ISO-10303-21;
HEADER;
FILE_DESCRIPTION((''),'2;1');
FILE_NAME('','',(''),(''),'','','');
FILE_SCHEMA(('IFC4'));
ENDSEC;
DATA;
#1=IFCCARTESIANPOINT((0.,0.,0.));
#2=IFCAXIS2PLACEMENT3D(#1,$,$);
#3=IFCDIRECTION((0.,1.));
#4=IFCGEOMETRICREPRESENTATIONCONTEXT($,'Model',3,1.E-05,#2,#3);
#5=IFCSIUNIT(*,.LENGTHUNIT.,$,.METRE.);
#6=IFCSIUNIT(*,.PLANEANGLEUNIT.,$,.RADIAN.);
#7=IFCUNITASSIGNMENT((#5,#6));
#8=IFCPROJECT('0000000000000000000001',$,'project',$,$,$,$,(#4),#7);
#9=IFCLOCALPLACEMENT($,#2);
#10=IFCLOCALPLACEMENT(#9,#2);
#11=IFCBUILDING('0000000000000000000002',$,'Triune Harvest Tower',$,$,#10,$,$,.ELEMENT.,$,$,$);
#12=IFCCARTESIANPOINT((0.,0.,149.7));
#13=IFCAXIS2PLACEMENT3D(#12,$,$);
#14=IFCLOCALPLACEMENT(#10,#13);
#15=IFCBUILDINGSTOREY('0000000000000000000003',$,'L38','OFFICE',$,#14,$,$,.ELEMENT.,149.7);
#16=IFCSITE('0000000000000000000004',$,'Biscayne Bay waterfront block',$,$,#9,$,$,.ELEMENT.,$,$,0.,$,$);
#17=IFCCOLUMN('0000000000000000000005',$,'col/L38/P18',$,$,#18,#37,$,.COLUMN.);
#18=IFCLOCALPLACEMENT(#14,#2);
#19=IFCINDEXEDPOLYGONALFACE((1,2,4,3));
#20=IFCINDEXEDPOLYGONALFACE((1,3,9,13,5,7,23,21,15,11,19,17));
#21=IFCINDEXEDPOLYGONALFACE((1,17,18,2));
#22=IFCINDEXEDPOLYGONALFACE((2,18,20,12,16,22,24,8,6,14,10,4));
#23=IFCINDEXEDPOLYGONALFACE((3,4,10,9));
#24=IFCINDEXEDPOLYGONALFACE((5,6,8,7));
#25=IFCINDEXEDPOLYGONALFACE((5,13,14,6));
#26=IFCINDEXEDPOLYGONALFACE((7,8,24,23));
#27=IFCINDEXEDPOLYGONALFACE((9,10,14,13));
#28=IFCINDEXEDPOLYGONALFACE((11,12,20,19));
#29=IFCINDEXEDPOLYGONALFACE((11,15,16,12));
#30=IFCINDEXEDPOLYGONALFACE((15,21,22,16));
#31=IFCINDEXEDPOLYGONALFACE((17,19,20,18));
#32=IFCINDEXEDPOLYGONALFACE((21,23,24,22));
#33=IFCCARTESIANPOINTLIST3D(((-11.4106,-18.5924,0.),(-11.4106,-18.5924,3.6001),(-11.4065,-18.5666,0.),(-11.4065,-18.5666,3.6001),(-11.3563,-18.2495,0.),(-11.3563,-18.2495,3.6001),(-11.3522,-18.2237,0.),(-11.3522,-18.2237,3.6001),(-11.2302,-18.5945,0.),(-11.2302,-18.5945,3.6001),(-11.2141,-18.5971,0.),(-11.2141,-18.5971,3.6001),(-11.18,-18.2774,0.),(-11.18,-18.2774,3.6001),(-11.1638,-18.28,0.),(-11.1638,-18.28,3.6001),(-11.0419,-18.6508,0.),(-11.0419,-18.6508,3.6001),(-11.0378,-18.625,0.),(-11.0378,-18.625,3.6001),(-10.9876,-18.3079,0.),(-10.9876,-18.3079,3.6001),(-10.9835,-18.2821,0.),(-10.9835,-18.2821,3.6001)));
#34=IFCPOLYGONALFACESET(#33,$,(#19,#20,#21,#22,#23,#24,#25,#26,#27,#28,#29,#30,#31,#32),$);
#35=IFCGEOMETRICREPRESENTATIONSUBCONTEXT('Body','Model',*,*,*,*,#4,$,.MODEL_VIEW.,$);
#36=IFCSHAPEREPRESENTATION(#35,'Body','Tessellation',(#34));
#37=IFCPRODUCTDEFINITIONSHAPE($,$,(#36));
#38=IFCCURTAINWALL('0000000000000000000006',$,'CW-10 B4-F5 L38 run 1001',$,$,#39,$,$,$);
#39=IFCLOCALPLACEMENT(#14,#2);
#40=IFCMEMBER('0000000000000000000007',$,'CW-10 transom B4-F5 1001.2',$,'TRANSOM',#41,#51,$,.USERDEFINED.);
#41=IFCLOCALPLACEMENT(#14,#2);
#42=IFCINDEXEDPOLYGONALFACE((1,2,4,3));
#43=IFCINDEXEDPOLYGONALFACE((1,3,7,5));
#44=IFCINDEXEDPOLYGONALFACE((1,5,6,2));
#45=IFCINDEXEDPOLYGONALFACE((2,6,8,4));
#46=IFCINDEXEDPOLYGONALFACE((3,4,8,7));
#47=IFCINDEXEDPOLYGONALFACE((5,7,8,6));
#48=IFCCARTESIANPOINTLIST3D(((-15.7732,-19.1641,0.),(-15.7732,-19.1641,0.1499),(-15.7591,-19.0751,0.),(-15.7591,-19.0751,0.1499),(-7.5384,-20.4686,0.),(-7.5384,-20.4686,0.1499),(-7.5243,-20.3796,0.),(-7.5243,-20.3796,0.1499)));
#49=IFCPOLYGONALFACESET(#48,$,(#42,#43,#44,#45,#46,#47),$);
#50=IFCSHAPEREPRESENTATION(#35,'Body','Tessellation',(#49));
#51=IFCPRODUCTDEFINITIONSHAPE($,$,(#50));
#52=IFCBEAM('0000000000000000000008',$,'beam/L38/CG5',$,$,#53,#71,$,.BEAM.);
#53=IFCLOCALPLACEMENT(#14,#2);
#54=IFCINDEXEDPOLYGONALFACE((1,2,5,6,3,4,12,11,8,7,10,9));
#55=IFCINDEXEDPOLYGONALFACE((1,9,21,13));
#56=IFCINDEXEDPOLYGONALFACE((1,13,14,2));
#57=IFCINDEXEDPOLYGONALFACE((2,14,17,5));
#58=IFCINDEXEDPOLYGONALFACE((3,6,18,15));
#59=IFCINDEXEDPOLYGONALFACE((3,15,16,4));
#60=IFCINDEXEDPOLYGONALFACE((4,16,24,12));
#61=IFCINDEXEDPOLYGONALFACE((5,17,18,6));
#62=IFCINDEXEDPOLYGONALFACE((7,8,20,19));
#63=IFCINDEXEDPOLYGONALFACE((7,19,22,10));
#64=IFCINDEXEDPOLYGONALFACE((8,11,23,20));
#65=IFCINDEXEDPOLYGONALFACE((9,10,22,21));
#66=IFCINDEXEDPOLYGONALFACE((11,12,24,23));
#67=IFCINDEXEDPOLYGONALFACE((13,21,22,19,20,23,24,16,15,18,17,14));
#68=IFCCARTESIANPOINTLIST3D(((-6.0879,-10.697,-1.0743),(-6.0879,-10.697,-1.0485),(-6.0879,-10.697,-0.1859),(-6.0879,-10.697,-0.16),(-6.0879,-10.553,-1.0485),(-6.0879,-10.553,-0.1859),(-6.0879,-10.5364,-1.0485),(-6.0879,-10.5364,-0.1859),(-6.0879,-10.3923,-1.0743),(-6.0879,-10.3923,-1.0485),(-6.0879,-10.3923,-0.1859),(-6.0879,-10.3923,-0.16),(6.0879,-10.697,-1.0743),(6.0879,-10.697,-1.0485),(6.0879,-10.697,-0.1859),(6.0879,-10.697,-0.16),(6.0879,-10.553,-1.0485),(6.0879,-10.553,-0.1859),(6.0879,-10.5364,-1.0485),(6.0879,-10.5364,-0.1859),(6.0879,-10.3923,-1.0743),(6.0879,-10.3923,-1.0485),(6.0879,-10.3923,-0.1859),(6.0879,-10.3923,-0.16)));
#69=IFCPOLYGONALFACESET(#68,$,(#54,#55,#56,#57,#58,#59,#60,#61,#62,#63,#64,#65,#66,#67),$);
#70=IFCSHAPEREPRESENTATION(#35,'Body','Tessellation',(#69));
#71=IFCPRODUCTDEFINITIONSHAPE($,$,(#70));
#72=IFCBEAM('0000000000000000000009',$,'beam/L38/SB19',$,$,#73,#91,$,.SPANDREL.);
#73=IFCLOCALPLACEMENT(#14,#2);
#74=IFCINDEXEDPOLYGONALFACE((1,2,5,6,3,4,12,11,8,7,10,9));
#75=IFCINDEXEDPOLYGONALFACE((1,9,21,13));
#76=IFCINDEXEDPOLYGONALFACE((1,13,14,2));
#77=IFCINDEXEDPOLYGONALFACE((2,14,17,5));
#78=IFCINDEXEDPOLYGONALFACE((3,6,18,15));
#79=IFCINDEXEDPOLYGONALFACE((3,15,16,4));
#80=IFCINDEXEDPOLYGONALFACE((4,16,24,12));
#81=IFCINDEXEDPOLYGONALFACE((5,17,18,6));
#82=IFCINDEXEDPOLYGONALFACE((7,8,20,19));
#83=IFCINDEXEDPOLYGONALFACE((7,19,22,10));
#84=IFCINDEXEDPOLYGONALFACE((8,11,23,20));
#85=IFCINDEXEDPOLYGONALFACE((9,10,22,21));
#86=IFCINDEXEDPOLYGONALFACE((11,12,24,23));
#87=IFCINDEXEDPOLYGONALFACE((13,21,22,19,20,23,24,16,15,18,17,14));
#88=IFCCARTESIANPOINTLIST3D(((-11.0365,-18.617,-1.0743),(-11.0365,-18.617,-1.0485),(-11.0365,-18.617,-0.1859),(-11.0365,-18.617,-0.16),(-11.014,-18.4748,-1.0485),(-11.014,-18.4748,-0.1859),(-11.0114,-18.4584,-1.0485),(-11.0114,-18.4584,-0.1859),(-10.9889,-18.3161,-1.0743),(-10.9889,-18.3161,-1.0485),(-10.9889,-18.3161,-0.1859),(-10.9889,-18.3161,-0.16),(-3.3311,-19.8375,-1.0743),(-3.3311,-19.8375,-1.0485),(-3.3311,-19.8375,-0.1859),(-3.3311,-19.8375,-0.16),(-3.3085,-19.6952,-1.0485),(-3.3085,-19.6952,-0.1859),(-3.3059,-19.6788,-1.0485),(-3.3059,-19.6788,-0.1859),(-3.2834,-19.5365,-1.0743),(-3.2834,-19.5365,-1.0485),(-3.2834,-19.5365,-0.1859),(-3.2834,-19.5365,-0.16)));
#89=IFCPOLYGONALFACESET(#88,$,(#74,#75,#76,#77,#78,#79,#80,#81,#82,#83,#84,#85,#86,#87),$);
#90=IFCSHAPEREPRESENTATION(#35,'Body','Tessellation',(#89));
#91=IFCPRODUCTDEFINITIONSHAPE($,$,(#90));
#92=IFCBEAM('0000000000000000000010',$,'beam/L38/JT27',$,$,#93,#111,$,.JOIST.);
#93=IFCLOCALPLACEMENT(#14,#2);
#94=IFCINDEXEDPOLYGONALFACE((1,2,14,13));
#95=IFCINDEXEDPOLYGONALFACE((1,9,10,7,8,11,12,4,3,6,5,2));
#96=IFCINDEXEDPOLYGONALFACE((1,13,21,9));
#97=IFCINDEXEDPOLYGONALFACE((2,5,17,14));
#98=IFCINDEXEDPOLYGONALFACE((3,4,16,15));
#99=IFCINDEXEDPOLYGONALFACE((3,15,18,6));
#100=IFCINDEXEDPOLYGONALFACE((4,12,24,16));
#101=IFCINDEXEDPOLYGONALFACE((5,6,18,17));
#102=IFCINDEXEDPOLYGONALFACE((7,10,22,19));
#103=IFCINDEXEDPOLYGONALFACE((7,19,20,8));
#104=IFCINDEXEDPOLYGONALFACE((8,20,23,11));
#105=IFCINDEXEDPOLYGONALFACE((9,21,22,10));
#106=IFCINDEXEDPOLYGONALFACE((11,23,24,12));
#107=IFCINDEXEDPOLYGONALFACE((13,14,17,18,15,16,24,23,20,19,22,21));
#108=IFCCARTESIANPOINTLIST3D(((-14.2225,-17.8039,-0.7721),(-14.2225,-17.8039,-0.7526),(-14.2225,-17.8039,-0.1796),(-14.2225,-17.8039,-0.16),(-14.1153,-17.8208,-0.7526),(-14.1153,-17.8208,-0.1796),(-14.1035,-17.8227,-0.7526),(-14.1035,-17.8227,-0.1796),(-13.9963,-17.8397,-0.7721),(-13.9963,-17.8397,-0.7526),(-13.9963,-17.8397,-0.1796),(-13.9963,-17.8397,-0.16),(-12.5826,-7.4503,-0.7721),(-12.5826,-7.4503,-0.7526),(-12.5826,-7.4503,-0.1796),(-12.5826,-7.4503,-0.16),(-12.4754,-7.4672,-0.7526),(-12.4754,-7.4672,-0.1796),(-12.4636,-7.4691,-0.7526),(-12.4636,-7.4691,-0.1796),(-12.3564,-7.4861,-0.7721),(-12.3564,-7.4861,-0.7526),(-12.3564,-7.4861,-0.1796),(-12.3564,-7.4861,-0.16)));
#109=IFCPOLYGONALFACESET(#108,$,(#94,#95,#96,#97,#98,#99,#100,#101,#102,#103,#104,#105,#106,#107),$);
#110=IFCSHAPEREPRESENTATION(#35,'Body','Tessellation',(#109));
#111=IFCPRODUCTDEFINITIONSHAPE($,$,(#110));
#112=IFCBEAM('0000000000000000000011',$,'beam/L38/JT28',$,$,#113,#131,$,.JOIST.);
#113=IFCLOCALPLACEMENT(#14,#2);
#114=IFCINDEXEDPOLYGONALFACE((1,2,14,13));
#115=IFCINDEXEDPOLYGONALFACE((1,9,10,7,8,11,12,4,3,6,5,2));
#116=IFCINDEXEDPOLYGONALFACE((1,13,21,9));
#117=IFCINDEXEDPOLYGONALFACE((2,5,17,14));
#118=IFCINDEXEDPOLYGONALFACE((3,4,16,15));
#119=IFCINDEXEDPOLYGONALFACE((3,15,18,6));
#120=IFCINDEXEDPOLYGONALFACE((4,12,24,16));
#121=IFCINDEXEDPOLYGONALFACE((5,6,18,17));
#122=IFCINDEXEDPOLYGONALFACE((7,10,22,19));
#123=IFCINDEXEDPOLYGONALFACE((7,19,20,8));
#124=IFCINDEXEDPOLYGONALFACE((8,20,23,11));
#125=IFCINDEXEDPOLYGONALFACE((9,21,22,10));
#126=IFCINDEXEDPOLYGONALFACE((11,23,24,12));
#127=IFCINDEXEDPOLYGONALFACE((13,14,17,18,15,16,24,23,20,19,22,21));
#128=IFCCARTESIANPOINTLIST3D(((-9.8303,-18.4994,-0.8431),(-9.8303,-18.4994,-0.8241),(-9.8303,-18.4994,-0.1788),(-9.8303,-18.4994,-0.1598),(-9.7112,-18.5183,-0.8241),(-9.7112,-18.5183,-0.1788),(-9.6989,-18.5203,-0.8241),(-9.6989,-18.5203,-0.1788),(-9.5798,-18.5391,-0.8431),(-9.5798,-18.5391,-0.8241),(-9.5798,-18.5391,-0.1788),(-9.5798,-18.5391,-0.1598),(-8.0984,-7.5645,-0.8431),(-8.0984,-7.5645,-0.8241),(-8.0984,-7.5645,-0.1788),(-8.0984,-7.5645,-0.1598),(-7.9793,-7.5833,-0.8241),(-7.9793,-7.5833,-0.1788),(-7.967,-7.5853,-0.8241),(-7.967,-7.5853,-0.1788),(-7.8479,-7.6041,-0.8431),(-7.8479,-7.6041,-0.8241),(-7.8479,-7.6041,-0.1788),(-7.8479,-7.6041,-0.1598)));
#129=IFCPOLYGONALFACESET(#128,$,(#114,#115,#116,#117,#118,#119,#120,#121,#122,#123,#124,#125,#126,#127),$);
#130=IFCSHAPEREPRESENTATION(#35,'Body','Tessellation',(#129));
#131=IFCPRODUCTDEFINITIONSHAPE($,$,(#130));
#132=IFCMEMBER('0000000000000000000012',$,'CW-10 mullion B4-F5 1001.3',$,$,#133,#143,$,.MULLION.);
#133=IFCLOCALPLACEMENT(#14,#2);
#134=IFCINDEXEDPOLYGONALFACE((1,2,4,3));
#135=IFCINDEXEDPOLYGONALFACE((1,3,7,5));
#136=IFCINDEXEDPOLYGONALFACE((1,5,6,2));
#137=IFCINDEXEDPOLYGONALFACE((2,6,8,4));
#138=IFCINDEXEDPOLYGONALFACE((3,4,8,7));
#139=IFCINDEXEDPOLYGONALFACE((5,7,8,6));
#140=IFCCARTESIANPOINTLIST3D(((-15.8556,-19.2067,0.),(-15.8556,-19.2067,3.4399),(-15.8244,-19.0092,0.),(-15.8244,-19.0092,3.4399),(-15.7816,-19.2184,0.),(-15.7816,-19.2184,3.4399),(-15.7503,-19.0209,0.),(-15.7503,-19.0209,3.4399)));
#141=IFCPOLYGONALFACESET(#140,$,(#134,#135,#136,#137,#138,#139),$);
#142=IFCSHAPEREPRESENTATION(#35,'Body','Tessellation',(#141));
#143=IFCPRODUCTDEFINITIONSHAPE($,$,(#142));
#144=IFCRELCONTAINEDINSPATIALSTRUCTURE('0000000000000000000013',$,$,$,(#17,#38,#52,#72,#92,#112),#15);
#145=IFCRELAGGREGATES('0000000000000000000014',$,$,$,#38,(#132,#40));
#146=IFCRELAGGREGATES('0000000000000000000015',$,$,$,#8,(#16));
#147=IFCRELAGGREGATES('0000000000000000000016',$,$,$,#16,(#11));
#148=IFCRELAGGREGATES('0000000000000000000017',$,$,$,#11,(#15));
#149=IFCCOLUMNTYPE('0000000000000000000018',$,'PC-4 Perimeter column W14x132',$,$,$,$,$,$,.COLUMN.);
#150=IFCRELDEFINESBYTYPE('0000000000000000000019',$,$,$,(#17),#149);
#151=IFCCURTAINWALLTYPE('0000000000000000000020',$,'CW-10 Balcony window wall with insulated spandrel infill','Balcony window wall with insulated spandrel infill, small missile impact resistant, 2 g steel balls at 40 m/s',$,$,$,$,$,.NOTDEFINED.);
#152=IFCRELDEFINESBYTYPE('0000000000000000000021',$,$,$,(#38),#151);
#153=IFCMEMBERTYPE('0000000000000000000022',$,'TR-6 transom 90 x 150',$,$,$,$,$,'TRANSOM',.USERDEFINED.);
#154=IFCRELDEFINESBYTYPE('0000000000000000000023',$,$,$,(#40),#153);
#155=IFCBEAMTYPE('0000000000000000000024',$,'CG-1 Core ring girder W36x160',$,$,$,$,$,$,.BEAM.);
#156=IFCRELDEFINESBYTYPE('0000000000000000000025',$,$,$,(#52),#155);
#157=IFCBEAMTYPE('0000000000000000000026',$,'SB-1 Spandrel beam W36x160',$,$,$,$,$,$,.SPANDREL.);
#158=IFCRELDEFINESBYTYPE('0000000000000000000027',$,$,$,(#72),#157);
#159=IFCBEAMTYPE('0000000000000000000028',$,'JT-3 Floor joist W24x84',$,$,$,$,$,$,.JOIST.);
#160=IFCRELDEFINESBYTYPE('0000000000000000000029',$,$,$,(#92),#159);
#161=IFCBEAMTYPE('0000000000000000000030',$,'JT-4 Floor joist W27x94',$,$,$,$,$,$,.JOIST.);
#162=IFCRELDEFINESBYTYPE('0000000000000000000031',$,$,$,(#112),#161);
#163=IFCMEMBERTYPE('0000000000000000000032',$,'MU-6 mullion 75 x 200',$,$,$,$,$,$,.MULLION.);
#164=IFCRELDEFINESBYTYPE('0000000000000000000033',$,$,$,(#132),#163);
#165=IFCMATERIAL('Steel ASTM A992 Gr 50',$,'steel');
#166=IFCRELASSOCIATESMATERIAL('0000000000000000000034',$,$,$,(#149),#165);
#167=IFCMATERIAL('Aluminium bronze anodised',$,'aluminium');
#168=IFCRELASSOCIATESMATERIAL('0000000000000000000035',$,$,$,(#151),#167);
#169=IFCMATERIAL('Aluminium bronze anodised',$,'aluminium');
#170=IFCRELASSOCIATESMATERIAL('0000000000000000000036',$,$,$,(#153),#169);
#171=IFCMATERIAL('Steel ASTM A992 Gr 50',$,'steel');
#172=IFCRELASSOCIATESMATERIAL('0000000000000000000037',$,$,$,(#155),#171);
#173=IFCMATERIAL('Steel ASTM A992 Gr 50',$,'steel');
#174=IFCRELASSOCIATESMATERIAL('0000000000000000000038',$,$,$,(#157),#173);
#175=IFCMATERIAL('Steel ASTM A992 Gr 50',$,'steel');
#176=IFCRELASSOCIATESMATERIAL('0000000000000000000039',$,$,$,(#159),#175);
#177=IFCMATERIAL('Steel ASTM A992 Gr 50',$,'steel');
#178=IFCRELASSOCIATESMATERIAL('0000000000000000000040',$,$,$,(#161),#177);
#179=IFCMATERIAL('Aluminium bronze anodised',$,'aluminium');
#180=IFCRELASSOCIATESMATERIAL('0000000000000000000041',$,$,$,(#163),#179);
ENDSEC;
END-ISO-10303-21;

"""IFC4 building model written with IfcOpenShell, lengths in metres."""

from ifc_helpers import new_model, si_unit, direction, frame, origin, origin_2d, place, context, subcontext, project, spatial, rectangle, i_section, extrude, source, transform, mapped, material, material_profile, profile_set, type_object, element, aggregate, save


model = new_model("IFC4")

# Units and contexts
model_context = context("Model", 3, precision=1e-05, world=origin(), true_north=direction((0.0, 1.0)))
body_context = subcontext(model_context, "Body", "Model", "MODEL_VIEW")
ifc_project = project(units=[si_unit("LENGTHUNIT", "METRE"), si_unit("PLANEANGLEUNIT", "RADIAN")], contexts=[model_context])

# Site, building, storey
site_placement = place(None, origin())
site = spatial("IfcSite", under=ifc_project, at=site_placement, Name="Biscayne Bay waterfront block", CompositionType="ELEMENT", RefElevation=0.0)
building_placement = place(site_placement, origin())
building = spatial("IfcBuilding", under=site, at=building_placement, Name="Triune Harvest Tower", CompositionType="ELEMENT")
storey_placement = place(building_placement, frame((0.0, 0.0, 149.7)))
storey = spatial("IfcBuildingStorey", under=building, at=storey_placement, Name="L38", Description="OFFICE", CompositionType="ELEMENT", Elevation=149.7)

# Column
ifc_material_1 = material(Name="Steel ASTM A992 Gr 50", Category="steel")
ifc_material_profile_1 = material_profile(ifc_material_1, i_section(OverallWidth=0.3733, OverallDepth=0.3733, WebThickness=0.0164, FlangeThickness=0.0261, at=origin_2d()), Name="W14x132")
ifc_profile_set_1 = profile_set([ifc_material_profile_1], Name="Steel ASTM A992 Gr 50")
column_type = type_object("IfcColumnType", Name="PC-4 Perimeter column W14x132", PredefinedType="COLUMN", material=ifc_profile_set_1)
shared_shape_1 = source(origin(), body_context, "Body", "SweptSolid", [
    extrude(i_section(OverallWidth=0.3733, OverallDepth=0.3733, WebThickness=0.0164, FlangeThickness=0.0261, at=origin_2d()), origin(), (0.0, 0.0, 1.0), 3.6001),
])
column_placement = place(storey_placement, frame((-11.197, -18.4373, 0.0), z_axis=(0.0, 0.0, 1.0), x_axis=(0.987688, -0.156434, 0.0)))
element("IfcColumn", 1, at=column_placement, inside=storey, type_object=column_type, Name="col/L38/P18", PredefinedType="COLUMN", context=body_context, shape_type="MappedRepresentation", body=[
    mapped(shared_shape_1, transform((0.0, 0.0, 0.0), scale=1.0)),
])

# Curtain wall, member
ifc_material_2 = material(Name="Aluminium bronze anodised", Category="aluminium")
curtain_wall_type = type_object("IfcCurtainWallType", Name="CW-10 Balcony window wall with insulated spandrel infill", Description="Balcony window wall with insulated spandrel infill, small missile impact resistant, 2 g steel balls at 40 m/s", PredefinedType="NOTDEFINED", material=ifc_material_2)
curtain_wall_placement = place(storey_placement, origin())
curtain_wall = element("IfcCurtainWall", 2, at=curtain_wall_placement, inside=storey, type_object=curtain_wall_type, Name="CW-10 B4-F5 L38 run 1001")
ifc_material_3 = material(Name="Aluminium bronze anodised", Category="aluminium")
ifc_material_profile_2 = material_profile(ifc_material_3, rectangle(XDim=0.0901, YDim=0.1499, at=origin_2d()), Name="TR-6 transom 90 x 150")
ifc_profile_set_2 = profile_set([ifc_material_profile_2], Name="Aluminium bronze anodised")
member_type_1 = type_object("IfcMemberType", Name="TR-6 transom 90 x 150", ElementType="TRANSOM", PredefinedType="USERDEFINED", material=ifc_profile_set_2)
member_1_placement = place(storey_placement, frame((-15.7661, -19.1196, 0.075), z_axis=(0.987684, -0.156459, 0.0), x_axis=(0.156459, 0.987684, 0.0)))
member_1 = element("IfcMember", 3, at=member_1_placement, type_object=member_type_1, Name="CW-10 transom B4-F5 1001.2", ObjectType="TRANSOM", PredefinedType="USERDEFINED", context=body_context, shape_type="SweptSolid", body=[
    extrude(rectangle(XDim=0.0901, YDim=0.1499, at=origin_2d()), origin(), (0.0, 0.0, 1.0), 8.3374),
])

# Beams
ifc_material_4 = material(Name="Steel ASTM A992 Gr 50", Category="steel")
ifc_material_profile_3 = material_profile(ifc_material_4, i_section(OverallWidth=0.3047, OverallDepth=0.9143, WebThickness=0.0166, FlangeThickness=0.0259, at=origin_2d()), Name="W36x160")
ifc_profile_set_3 = profile_set([ifc_material_profile_3], Name="Steel ASTM A992 Gr 50")
beam_type_1 = type_object("IfcBeamType", Name="CG-1 Core ring girder W36x160", PredefinedType="BEAM", material=ifc_profile_set_3)
shared_shape_2 = source(origin(), body_context, "Body", "SweptSolid", [
    extrude(i_section(OverallWidth=0.3047, OverallDepth=0.9143, WebThickness=0.0166, FlangeThickness=0.0259, at=origin_2d()), origin(), (0.0, 0.0, 1.0), 12.1758),
])
beam_1_placement = place(storey_placement, frame((-6.0879, -10.5447, -0.6172), z_axis=(1.0, 0.0, 0.0), x_axis=(0.0, 1.0, 0.0)))
element("IfcBeam", 4, at=beam_1_placement, inside=storey, type_object=beam_type_1, Name="beam/L38/CG5", PredefinedType="BEAM", context=body_context, shape_type="MappedRepresentation", body=[
    mapped(shared_shape_2, transform((0.0, 0.0, 0.0), scale=1.0)),
])
ifc_material_5 = material(Name="Steel ASTM A992 Gr 50", Category="steel")
ifc_material_profile_4 = material_profile(ifc_material_5, i_section(OverallWidth=0.3047, OverallDepth=0.9143, WebThickness=0.0166, FlangeThickness=0.0259, at=origin_2d()), Name="W36x160")
ifc_profile_set_4 = profile_set([ifc_material_profile_4], Name="Steel ASTM A992 Gr 50")
beam_type_2 = type_object("IfcBeamType", Name="SB-1 Spandrel beam W36x160", PredefinedType="SPANDREL", material=ifc_profile_set_4)
shared_shape_3 = source(origin(), body_context, "Body", "SweptSolid", [
    extrude(i_section(OverallWidth=0.3047, OverallDepth=0.9143, WebThickness=0.0166, FlangeThickness=0.0259, at=origin_2d()), origin(), (0.0, 0.0, 1.0), 7.8015),
])
beam_2_placement = place(storey_placement, frame((-11.0127, -18.4666, -0.6172), z_axis=(0.987688, -0.156437, 0.0), x_axis=(0.156437, 0.987688, 0.0)))
element("IfcBeam", 5, at=beam_2_placement, inside=storey, type_object=beam_type_2, Name="beam/L38/SB19", PredefinedType="SPANDREL", context=body_context, shape_type="MappedRepresentation", body=[
    mapped(shared_shape_3, transform((0.0, 0.0, 0.0), scale=1.0)),
])
ifc_material_6 = material(Name="Steel ASTM A992 Gr 50", Category="steel")
ifc_material_profile_5 = material_profile(ifc_material_6, i_section(OverallWidth=0.229, OverallDepth=0.6121, WebThickness=0.012, FlangeThickness=0.0195, at=origin_2d()), Name="W24x84")
ifc_profile_set_5 = profile_set([ifc_material_profile_5], Name="Steel ASTM A992 Gr 50")
beam_type_3 = type_object("IfcBeamType", Name="JT-3 Floor joist W24x84", PredefinedType="JOIST", material=ifc_profile_set_5)
shared_shape_4 = source(origin(), body_context, "Body", "SweptSolid", [
    extrude(i_section(OverallWidth=0.229, OverallDepth=0.6121, WebThickness=0.012, FlangeThickness=0.0195, at=origin_2d()), origin(), (0.0, 0.0, 1.0), 10.4827),
])
beam_3_placement = place(storey_placement, frame((-14.1094, -17.8218, -0.4661), z_axis=(0.15644, 0.987688, 0.0), x_axis=(-0.987688, 0.15644, 0.0)))
element("IfcBeam", 6, at=beam_3_placement, inside=storey, type_object=beam_type_3, Name="beam/L38/JT27", PredefinedType="JOIST", context=body_context, shape_type="MappedRepresentation", body=[
    mapped(shared_shape_4, transform((0.0, 0.0, 0.0), scale=1.0)),
])
ifc_material_7 = material(Name="Steel ASTM A992 Gr 50", Category="steel")
ifc_material_profile_6 = material_profile(ifc_material_7, i_section(OverallWidth=0.2537, OverallDepth=0.6833, WebThickness=0.0125, FlangeThickness=0.019, at=origin_2d()), Name="W27x94")
ifc_profile_set_6 = profile_set([ifc_material_profile_6], Name="Steel ASTM A992 Gr 50")
beam_type_4 = type_object("IfcBeamType", Name="JT-4 Floor joist W27x94", PredefinedType="JOIST", material=ifc_profile_set_6)
shared_shape_5 = source(origin(), body_context, "Body", "SweptSolid", [
    extrude(i_section(OverallWidth=0.2537, OverallDepth=0.6833, WebThickness=0.0125, FlangeThickness=0.019, at=origin_2d()), origin(), (0.0, 0.0, 1.0), 11.0713),
])
beam_4_placement = place(storey_placement, frame((-9.7051, -18.5193, -0.5015), z_axis=(0.156434, 0.987688, 0.0), x_axis=(-0.987688, 0.156434, 0.0)))
element("IfcBeam", 7, at=beam_4_placement, inside=storey, type_object=beam_type_4, Name="beam/L38/JT28", PredefinedType="JOIST", context=body_context, shape_type="MappedRepresentation", body=[
    mapped(shared_shape_5, transform((0.0, 0.0, 0.0), scale=1.0)),
])

# Member
ifc_material_8 = material(Name="Aluminium bronze anodised", Category="aluminium")
ifc_material_profile_7 = material_profile(ifc_material_8, rectangle(XDim=0.2, YDim=0.075, at=origin_2d()), Name="MU-6 mullion 75 x 200")
ifc_profile_set_7 = profile_set([ifc_material_profile_7], Name="Aluminium bronze anodised")
member_type_2 = type_object("IfcMemberType", Name="MU-6 mullion 75 x 200", PredefinedType="MULLION", material=ifc_profile_set_7)
shared_shape_6 = source(origin(), body_context, "Body", "SweptSolid", [
    extrude(rectangle(XDim=0.2, YDim=0.075, at=origin_2d()), origin(), (0.0, 0.0, 1.0), 3.4399),
])
member_2_placement = place(storey_placement, frame((-15.803, -19.1138, 0.0), z_axis=(0.0, 0.0, 1.0), x_axis=(0.156433, 0.987689, 0.0)))
member_2 = element("IfcMember", 8, at=member_2_placement, type_object=member_type_2, Name="CW-10 mullion B4-F5 1001.3", PredefinedType="MULLION", context=body_context, shape_type="MappedRepresentation", body=[
    mapped(shared_shape_6, transform((0.0, 0.0, 0.0), scale=1.0)),
])
aggregate(curtain_wall, [member_2, member_1])

save(model, "model.ifc")
